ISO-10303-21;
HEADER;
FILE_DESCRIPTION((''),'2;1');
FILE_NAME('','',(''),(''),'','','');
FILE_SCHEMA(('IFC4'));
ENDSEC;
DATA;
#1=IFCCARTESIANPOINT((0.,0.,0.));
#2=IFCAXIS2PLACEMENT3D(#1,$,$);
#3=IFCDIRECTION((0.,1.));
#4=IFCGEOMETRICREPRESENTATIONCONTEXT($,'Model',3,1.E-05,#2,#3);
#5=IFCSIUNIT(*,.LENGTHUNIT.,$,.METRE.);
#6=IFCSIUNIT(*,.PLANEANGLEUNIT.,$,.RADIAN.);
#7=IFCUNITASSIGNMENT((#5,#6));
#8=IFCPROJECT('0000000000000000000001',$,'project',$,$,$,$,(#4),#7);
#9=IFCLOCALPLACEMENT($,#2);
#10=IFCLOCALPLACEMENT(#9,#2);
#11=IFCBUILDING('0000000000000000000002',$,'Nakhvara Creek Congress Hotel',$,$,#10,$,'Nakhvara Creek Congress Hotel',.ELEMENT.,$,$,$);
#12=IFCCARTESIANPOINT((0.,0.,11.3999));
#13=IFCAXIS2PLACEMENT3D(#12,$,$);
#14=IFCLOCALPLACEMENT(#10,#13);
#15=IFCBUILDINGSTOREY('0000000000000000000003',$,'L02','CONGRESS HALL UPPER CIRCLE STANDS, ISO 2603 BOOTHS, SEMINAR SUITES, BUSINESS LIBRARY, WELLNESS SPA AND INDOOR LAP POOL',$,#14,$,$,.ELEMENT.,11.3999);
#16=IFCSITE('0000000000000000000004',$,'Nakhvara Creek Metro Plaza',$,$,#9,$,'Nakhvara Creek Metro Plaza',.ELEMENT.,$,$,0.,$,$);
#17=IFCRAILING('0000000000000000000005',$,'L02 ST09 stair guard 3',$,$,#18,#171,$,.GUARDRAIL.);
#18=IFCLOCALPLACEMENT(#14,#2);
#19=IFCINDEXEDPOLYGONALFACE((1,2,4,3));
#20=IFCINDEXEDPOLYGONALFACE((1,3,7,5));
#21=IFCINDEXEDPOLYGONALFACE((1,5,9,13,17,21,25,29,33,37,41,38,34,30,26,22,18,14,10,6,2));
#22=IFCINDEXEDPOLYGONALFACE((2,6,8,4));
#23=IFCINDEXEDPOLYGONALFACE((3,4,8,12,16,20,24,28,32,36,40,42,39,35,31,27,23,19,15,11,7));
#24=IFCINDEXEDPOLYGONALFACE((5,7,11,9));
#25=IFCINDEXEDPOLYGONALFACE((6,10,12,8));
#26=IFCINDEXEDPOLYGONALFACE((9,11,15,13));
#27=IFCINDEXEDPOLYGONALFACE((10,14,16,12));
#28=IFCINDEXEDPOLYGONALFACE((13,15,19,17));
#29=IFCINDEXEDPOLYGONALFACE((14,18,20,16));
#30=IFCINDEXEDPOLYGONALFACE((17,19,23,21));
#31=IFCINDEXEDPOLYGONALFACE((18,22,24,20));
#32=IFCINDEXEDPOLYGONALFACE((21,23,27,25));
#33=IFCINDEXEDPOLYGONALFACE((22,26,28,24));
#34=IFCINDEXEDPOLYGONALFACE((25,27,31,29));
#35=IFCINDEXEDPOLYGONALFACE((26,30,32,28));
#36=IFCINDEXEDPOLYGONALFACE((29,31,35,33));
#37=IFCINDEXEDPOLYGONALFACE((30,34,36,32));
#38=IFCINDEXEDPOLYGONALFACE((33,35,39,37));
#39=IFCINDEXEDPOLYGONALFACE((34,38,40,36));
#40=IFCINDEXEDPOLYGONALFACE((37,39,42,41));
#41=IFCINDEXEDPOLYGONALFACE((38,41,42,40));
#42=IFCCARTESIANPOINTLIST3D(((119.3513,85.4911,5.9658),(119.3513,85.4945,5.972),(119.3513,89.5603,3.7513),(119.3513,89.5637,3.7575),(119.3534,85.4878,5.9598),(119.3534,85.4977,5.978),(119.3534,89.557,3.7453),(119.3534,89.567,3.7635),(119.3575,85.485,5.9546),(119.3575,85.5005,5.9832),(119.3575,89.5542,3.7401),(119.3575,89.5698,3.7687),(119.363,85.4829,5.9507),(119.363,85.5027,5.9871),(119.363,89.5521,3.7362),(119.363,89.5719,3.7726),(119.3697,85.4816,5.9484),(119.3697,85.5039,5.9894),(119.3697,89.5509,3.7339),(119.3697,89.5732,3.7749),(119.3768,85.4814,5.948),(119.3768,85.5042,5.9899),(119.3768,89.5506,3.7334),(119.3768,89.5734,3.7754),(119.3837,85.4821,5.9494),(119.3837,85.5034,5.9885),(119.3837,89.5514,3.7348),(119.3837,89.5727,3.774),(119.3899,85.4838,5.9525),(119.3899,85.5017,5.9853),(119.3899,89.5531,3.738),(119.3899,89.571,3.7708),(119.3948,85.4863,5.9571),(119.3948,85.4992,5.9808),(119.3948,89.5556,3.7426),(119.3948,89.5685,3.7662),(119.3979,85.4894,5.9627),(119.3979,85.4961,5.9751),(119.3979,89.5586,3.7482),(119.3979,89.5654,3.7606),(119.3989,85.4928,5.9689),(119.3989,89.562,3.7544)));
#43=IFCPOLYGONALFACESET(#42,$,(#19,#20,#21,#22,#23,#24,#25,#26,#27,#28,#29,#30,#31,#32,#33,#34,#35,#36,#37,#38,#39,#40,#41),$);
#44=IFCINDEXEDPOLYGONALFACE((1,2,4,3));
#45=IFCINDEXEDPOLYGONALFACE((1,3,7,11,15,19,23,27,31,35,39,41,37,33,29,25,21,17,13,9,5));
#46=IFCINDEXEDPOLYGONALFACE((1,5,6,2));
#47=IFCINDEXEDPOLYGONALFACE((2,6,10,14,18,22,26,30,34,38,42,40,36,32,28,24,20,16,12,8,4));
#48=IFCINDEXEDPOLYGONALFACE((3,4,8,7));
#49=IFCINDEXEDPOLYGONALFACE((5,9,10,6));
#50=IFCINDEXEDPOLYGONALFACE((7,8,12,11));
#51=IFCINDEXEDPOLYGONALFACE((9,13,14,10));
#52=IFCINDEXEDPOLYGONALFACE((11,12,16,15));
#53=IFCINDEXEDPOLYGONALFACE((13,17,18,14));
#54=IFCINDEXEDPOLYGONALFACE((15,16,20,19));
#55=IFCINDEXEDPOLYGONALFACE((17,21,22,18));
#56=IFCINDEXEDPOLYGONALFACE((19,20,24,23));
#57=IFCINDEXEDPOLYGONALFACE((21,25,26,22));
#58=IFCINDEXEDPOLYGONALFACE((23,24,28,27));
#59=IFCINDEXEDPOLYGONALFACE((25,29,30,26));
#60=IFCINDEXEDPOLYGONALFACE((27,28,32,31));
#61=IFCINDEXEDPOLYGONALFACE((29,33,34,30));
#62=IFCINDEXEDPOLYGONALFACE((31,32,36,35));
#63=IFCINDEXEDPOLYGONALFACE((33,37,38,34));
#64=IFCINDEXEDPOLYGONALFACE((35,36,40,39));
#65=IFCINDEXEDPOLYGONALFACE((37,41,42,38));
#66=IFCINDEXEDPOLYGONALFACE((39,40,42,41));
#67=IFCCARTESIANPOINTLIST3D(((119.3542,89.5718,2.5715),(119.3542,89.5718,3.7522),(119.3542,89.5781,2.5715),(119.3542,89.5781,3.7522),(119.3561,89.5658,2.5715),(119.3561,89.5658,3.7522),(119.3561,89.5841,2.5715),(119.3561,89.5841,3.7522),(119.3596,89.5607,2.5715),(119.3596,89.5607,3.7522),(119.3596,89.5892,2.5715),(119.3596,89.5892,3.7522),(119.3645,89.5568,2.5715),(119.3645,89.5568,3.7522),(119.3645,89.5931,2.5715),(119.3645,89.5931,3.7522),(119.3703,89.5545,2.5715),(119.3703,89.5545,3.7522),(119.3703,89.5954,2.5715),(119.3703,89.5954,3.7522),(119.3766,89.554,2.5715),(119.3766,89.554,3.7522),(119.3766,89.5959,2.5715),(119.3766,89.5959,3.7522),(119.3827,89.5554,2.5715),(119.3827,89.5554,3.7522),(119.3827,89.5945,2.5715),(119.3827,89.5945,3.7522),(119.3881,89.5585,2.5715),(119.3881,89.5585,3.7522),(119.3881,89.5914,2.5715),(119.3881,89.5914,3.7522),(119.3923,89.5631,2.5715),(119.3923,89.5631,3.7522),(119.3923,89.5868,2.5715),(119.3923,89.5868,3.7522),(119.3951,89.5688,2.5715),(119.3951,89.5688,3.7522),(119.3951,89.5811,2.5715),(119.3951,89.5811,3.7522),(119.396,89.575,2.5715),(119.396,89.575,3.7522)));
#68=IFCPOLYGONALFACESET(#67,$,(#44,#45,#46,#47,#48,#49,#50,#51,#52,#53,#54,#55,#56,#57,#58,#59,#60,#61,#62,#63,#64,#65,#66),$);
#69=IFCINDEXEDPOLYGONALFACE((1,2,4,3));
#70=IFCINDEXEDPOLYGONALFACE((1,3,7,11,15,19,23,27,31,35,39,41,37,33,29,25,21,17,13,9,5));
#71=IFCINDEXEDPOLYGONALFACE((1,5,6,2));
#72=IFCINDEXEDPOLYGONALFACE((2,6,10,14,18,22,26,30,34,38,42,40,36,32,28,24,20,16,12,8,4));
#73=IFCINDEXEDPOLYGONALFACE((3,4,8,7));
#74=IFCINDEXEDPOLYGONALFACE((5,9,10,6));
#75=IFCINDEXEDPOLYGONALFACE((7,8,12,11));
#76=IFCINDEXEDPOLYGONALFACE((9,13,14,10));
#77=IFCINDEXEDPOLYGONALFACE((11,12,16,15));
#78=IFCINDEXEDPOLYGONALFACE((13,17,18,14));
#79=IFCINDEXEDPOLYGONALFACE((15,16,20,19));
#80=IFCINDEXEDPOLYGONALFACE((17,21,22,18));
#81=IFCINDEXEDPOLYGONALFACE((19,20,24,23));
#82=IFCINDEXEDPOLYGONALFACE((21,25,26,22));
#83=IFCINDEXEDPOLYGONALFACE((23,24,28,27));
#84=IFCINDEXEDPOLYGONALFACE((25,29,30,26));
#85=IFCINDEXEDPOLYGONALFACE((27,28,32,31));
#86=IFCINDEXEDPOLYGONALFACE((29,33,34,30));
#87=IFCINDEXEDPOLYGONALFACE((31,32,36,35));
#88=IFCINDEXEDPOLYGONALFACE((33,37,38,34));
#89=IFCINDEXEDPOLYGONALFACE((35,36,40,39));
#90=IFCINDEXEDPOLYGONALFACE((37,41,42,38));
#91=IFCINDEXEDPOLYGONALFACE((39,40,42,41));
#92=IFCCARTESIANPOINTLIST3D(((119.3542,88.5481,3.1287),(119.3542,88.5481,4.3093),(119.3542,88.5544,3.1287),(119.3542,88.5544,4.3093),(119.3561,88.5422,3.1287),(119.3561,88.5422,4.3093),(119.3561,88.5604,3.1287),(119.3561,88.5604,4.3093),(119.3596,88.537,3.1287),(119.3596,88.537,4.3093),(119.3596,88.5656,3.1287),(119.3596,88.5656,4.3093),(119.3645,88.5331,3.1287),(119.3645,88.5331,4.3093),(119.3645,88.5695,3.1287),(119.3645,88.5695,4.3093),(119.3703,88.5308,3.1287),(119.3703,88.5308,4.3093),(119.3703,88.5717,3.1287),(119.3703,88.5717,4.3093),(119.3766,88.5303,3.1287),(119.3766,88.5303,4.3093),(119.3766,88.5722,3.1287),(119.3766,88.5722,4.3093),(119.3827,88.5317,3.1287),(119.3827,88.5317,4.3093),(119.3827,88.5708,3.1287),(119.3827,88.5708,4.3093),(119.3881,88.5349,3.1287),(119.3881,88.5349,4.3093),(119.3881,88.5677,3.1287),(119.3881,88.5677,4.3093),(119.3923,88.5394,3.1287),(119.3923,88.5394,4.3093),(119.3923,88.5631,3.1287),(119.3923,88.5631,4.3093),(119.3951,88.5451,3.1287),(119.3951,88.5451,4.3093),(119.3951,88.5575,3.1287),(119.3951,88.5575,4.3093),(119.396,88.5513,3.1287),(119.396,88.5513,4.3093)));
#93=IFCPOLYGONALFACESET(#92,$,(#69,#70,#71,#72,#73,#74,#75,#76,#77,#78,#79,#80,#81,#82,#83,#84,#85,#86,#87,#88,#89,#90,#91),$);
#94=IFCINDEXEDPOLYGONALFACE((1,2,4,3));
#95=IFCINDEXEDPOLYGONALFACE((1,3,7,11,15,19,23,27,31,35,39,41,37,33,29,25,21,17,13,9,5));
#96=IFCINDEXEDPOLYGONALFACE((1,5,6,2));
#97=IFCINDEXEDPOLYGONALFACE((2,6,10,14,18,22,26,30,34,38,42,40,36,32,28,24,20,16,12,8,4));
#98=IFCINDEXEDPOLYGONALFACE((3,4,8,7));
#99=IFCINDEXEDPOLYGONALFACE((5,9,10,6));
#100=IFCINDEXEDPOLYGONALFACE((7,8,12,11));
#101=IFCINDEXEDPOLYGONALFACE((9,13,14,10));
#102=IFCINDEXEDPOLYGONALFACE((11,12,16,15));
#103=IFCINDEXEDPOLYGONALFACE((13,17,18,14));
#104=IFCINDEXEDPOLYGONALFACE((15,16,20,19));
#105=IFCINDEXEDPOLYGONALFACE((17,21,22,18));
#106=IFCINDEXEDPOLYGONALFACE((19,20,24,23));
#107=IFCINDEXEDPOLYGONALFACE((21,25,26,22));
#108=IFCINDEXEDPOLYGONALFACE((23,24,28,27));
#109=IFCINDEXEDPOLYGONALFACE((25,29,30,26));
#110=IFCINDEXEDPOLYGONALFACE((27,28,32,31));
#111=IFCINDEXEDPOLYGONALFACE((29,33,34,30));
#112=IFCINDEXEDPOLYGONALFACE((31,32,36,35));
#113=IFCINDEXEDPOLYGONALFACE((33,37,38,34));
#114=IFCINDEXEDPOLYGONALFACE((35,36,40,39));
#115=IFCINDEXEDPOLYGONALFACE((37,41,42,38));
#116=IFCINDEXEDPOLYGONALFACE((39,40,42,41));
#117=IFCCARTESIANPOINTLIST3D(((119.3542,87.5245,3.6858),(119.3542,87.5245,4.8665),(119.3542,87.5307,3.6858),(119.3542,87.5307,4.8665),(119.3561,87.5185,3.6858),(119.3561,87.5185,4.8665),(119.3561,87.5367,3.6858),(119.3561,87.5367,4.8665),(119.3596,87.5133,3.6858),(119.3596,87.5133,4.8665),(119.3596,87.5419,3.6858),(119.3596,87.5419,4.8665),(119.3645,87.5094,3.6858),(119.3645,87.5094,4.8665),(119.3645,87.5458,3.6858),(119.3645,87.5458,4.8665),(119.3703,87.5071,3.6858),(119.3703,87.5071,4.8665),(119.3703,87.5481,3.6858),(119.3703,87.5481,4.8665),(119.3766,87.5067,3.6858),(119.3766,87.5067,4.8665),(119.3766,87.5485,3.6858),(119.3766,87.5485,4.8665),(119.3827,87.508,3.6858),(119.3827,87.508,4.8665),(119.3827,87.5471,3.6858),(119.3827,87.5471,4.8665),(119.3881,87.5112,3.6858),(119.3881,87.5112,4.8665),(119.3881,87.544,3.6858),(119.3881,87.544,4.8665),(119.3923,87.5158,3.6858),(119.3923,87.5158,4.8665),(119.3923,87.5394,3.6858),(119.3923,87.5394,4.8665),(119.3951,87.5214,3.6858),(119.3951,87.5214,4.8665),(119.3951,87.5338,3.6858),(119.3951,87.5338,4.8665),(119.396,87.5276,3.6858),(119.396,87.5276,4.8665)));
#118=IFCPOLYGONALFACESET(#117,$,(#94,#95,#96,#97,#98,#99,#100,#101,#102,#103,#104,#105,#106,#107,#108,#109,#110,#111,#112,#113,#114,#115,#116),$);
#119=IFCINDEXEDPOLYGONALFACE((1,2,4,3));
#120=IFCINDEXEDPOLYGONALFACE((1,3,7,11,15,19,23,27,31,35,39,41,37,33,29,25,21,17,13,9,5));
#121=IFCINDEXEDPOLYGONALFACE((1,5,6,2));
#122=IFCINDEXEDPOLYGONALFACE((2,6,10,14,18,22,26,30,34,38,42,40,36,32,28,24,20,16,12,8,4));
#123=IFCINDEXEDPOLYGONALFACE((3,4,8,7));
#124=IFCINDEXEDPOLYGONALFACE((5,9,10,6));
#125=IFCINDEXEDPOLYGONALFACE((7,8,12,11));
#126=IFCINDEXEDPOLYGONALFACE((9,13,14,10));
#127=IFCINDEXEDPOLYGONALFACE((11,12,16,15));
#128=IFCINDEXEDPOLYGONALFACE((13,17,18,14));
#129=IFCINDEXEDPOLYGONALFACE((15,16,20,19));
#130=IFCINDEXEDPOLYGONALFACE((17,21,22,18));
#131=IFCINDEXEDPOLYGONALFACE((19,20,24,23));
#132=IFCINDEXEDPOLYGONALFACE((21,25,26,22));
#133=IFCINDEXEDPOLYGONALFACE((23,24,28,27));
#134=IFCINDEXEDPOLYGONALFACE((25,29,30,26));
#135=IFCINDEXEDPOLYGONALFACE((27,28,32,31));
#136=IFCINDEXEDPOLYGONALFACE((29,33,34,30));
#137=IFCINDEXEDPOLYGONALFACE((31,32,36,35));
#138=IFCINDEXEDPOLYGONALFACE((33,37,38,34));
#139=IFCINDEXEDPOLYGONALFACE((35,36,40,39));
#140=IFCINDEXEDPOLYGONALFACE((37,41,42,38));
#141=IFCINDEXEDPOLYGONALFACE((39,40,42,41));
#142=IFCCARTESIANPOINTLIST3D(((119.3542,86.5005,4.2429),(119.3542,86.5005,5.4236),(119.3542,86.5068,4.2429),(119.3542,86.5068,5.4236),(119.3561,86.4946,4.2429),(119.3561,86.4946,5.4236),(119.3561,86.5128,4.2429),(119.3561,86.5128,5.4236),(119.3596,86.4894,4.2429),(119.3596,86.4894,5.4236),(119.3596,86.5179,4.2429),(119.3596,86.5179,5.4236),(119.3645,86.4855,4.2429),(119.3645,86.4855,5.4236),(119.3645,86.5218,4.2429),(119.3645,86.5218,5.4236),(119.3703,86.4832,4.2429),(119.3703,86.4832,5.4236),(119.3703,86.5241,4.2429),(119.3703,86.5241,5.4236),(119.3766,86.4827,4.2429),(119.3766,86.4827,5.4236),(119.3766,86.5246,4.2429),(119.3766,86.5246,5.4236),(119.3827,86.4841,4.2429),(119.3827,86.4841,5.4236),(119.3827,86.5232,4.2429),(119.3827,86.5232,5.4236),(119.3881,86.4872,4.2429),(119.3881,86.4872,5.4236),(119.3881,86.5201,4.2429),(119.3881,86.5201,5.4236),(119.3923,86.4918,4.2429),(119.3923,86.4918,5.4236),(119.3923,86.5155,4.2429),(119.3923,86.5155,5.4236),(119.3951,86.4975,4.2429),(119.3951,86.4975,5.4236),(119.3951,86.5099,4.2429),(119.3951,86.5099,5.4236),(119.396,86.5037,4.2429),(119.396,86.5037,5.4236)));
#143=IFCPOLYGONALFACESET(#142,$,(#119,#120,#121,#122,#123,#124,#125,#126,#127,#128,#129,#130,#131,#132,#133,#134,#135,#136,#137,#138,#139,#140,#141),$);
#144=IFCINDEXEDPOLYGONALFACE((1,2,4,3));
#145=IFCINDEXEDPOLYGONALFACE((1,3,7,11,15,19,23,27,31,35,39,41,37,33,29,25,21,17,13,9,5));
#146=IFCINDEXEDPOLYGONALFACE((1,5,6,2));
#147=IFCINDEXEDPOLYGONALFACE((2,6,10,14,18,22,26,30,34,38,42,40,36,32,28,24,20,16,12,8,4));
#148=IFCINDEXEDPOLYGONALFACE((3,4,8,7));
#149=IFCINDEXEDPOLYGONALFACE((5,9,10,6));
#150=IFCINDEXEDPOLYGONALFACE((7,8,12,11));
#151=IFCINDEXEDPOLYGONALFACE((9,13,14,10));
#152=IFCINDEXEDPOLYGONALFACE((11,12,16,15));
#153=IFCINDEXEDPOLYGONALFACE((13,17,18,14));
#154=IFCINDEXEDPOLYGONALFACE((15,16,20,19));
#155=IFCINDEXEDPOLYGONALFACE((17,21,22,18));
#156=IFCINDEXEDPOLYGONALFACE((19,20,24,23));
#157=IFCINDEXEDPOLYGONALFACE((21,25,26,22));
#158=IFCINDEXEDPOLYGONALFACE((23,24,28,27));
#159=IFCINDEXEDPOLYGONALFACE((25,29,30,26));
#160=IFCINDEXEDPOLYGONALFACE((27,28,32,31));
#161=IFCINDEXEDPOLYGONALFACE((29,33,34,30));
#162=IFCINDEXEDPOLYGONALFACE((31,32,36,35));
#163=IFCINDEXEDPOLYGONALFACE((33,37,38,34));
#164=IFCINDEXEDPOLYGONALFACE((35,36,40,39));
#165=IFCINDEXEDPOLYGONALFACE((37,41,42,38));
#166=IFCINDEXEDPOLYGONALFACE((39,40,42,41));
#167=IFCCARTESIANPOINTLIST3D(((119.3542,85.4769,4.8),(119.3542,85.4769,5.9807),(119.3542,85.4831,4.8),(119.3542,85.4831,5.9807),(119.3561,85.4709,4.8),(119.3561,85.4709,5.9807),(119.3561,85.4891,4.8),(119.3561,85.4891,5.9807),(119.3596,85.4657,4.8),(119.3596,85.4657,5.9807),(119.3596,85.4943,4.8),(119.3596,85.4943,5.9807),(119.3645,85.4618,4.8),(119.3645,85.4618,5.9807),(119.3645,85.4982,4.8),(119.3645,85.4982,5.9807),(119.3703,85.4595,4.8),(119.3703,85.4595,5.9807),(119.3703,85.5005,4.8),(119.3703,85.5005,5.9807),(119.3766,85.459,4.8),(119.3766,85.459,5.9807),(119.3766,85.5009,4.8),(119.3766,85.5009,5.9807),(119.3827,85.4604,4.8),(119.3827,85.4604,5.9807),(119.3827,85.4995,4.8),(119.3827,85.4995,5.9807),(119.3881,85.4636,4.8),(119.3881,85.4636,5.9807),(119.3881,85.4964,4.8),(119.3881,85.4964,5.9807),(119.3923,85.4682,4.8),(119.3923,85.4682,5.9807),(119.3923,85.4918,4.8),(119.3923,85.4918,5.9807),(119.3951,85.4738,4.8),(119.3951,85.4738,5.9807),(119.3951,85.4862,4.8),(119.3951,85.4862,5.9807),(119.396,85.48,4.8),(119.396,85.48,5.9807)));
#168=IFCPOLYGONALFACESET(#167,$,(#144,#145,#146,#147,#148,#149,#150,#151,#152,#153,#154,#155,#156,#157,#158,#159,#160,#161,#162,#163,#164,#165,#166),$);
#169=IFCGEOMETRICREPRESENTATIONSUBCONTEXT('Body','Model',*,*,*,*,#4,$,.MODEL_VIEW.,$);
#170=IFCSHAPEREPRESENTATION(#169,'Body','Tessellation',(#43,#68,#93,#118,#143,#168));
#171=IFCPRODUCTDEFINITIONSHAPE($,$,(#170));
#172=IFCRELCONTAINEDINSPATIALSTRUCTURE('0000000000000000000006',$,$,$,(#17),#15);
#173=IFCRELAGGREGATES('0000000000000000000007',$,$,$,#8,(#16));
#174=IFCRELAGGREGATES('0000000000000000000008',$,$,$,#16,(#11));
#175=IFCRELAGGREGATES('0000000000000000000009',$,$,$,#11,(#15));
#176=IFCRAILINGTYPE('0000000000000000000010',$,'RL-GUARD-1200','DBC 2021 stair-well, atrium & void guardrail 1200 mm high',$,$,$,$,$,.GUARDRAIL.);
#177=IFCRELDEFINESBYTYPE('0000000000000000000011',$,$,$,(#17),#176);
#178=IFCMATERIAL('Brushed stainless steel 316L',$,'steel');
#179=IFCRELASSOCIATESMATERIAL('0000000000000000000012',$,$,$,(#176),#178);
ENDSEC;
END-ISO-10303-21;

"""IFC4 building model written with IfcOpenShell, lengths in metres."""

from ifc_helpers import new_model, si_unit, direction, frame, origin, origin_2d, place, context, subcontext, project, spatial, circle, extrude, material, type_object, element, save


model = new_model("IFC4")

# Units and contexts
model_context = context("Model", 3, precision=1e-05, world=origin(), true_north=direction((0.0, 1.0)))
body_context = subcontext(model_context, "Body", "Model", "MODEL_VIEW")
ifc_project = project(units=[si_unit("LENGTHUNIT", "METRE"), si_unit("PLANEANGLEUNIT", "RADIAN")], contexts=[model_context])

# Site, building, storey
site_placement = place(None, origin())
site = spatial("IfcSite", under=ifc_project, at=site_placement, Name="Nakhvara Creek Metro Plaza", LongName="Nakhvara Creek Metro Plaza", CompositionType="ELEMENT", RefElevation=0.0)
building_placement = place(site_placement, origin())
building = spatial("IfcBuilding", under=site, at=building_placement, Name="Nakhvara Creek Congress Hotel", LongName="Nakhvara Creek Congress Hotel", CompositionType="ELEMENT")
storey_placement = place(building_placement, frame((0.0, 0.0, 11.3999)))
storey = spatial("IfcBuildingStorey", under=building, at=storey_placement, Name="L02", Description="CONGRESS HALL UPPER CIRCLE STANDS, ISO 2603 BOOTHS, SEMINAR SUITES, BUSINESS LIBRARY, WELLNESS SPA AND INDOOR LAP POOL", CompositionType="ELEMENT", Elevation=11.3999)

# Railing
ifc_material_1 = material(Name="Brushed stainless steel 316L", Category="steel")
railing_type_1 = type_object("IfcRailingType", Name="RL-GUARD-1200", Description="DBC 2021 stair-well, atrium & void guardrail 1200 mm high", PredefinedType="GUARDRAIL", material=ifc_material_1)
railing_1_placement = place(storey_placement, frame((119.375, 89.575, 2.5715)))
element("IfcRailing", 1, at=railing_1_placement, inside=storey, type_object=railing_type_1, Name="L02 ST09 stair guard 3", PredefinedType="GUARDRAIL", context=body_context, shape_type="SweptSolid", body=[
    extrude(circle(Radius=0.0239, at=origin_2d()), frame((0.0, -0.0129, 1.1829), z_axis=(0.0, -0.878355, 0.478008), x_axis=(1.0, 0.0, 0.0)), (0.0, 0.0, 1.0), 4.6328),
    extrude(circle(Radius=0.021, at=origin_2d()), origin(), (0.0, 0.0, 1.0), 1.1807),
    extrude(circle(Radius=0.021, at=origin_2d()), frame((0.0, -1.0237, 0.5571)), (0.0, 0.0, 1.0), 1.1807),
    extrude(circle(Radius=0.021, at=origin_2d()), frame((0.0, -2.0474, 1.1143)), (0.0, 0.0, 1.0), 1.1807),
    extrude(circle(Radius=0.021, at=origin_2d()), frame((0.0, -3.0713, 1.6714)), (0.0, 0.0, 1.0), 1.1807),
    extrude(circle(Radius=0.021, at=origin_2d()), frame((0.0, -4.095, 2.2285)), (0.0, 0.0, 1.0), 1.1807),
])

save(model, "model.ifc")
